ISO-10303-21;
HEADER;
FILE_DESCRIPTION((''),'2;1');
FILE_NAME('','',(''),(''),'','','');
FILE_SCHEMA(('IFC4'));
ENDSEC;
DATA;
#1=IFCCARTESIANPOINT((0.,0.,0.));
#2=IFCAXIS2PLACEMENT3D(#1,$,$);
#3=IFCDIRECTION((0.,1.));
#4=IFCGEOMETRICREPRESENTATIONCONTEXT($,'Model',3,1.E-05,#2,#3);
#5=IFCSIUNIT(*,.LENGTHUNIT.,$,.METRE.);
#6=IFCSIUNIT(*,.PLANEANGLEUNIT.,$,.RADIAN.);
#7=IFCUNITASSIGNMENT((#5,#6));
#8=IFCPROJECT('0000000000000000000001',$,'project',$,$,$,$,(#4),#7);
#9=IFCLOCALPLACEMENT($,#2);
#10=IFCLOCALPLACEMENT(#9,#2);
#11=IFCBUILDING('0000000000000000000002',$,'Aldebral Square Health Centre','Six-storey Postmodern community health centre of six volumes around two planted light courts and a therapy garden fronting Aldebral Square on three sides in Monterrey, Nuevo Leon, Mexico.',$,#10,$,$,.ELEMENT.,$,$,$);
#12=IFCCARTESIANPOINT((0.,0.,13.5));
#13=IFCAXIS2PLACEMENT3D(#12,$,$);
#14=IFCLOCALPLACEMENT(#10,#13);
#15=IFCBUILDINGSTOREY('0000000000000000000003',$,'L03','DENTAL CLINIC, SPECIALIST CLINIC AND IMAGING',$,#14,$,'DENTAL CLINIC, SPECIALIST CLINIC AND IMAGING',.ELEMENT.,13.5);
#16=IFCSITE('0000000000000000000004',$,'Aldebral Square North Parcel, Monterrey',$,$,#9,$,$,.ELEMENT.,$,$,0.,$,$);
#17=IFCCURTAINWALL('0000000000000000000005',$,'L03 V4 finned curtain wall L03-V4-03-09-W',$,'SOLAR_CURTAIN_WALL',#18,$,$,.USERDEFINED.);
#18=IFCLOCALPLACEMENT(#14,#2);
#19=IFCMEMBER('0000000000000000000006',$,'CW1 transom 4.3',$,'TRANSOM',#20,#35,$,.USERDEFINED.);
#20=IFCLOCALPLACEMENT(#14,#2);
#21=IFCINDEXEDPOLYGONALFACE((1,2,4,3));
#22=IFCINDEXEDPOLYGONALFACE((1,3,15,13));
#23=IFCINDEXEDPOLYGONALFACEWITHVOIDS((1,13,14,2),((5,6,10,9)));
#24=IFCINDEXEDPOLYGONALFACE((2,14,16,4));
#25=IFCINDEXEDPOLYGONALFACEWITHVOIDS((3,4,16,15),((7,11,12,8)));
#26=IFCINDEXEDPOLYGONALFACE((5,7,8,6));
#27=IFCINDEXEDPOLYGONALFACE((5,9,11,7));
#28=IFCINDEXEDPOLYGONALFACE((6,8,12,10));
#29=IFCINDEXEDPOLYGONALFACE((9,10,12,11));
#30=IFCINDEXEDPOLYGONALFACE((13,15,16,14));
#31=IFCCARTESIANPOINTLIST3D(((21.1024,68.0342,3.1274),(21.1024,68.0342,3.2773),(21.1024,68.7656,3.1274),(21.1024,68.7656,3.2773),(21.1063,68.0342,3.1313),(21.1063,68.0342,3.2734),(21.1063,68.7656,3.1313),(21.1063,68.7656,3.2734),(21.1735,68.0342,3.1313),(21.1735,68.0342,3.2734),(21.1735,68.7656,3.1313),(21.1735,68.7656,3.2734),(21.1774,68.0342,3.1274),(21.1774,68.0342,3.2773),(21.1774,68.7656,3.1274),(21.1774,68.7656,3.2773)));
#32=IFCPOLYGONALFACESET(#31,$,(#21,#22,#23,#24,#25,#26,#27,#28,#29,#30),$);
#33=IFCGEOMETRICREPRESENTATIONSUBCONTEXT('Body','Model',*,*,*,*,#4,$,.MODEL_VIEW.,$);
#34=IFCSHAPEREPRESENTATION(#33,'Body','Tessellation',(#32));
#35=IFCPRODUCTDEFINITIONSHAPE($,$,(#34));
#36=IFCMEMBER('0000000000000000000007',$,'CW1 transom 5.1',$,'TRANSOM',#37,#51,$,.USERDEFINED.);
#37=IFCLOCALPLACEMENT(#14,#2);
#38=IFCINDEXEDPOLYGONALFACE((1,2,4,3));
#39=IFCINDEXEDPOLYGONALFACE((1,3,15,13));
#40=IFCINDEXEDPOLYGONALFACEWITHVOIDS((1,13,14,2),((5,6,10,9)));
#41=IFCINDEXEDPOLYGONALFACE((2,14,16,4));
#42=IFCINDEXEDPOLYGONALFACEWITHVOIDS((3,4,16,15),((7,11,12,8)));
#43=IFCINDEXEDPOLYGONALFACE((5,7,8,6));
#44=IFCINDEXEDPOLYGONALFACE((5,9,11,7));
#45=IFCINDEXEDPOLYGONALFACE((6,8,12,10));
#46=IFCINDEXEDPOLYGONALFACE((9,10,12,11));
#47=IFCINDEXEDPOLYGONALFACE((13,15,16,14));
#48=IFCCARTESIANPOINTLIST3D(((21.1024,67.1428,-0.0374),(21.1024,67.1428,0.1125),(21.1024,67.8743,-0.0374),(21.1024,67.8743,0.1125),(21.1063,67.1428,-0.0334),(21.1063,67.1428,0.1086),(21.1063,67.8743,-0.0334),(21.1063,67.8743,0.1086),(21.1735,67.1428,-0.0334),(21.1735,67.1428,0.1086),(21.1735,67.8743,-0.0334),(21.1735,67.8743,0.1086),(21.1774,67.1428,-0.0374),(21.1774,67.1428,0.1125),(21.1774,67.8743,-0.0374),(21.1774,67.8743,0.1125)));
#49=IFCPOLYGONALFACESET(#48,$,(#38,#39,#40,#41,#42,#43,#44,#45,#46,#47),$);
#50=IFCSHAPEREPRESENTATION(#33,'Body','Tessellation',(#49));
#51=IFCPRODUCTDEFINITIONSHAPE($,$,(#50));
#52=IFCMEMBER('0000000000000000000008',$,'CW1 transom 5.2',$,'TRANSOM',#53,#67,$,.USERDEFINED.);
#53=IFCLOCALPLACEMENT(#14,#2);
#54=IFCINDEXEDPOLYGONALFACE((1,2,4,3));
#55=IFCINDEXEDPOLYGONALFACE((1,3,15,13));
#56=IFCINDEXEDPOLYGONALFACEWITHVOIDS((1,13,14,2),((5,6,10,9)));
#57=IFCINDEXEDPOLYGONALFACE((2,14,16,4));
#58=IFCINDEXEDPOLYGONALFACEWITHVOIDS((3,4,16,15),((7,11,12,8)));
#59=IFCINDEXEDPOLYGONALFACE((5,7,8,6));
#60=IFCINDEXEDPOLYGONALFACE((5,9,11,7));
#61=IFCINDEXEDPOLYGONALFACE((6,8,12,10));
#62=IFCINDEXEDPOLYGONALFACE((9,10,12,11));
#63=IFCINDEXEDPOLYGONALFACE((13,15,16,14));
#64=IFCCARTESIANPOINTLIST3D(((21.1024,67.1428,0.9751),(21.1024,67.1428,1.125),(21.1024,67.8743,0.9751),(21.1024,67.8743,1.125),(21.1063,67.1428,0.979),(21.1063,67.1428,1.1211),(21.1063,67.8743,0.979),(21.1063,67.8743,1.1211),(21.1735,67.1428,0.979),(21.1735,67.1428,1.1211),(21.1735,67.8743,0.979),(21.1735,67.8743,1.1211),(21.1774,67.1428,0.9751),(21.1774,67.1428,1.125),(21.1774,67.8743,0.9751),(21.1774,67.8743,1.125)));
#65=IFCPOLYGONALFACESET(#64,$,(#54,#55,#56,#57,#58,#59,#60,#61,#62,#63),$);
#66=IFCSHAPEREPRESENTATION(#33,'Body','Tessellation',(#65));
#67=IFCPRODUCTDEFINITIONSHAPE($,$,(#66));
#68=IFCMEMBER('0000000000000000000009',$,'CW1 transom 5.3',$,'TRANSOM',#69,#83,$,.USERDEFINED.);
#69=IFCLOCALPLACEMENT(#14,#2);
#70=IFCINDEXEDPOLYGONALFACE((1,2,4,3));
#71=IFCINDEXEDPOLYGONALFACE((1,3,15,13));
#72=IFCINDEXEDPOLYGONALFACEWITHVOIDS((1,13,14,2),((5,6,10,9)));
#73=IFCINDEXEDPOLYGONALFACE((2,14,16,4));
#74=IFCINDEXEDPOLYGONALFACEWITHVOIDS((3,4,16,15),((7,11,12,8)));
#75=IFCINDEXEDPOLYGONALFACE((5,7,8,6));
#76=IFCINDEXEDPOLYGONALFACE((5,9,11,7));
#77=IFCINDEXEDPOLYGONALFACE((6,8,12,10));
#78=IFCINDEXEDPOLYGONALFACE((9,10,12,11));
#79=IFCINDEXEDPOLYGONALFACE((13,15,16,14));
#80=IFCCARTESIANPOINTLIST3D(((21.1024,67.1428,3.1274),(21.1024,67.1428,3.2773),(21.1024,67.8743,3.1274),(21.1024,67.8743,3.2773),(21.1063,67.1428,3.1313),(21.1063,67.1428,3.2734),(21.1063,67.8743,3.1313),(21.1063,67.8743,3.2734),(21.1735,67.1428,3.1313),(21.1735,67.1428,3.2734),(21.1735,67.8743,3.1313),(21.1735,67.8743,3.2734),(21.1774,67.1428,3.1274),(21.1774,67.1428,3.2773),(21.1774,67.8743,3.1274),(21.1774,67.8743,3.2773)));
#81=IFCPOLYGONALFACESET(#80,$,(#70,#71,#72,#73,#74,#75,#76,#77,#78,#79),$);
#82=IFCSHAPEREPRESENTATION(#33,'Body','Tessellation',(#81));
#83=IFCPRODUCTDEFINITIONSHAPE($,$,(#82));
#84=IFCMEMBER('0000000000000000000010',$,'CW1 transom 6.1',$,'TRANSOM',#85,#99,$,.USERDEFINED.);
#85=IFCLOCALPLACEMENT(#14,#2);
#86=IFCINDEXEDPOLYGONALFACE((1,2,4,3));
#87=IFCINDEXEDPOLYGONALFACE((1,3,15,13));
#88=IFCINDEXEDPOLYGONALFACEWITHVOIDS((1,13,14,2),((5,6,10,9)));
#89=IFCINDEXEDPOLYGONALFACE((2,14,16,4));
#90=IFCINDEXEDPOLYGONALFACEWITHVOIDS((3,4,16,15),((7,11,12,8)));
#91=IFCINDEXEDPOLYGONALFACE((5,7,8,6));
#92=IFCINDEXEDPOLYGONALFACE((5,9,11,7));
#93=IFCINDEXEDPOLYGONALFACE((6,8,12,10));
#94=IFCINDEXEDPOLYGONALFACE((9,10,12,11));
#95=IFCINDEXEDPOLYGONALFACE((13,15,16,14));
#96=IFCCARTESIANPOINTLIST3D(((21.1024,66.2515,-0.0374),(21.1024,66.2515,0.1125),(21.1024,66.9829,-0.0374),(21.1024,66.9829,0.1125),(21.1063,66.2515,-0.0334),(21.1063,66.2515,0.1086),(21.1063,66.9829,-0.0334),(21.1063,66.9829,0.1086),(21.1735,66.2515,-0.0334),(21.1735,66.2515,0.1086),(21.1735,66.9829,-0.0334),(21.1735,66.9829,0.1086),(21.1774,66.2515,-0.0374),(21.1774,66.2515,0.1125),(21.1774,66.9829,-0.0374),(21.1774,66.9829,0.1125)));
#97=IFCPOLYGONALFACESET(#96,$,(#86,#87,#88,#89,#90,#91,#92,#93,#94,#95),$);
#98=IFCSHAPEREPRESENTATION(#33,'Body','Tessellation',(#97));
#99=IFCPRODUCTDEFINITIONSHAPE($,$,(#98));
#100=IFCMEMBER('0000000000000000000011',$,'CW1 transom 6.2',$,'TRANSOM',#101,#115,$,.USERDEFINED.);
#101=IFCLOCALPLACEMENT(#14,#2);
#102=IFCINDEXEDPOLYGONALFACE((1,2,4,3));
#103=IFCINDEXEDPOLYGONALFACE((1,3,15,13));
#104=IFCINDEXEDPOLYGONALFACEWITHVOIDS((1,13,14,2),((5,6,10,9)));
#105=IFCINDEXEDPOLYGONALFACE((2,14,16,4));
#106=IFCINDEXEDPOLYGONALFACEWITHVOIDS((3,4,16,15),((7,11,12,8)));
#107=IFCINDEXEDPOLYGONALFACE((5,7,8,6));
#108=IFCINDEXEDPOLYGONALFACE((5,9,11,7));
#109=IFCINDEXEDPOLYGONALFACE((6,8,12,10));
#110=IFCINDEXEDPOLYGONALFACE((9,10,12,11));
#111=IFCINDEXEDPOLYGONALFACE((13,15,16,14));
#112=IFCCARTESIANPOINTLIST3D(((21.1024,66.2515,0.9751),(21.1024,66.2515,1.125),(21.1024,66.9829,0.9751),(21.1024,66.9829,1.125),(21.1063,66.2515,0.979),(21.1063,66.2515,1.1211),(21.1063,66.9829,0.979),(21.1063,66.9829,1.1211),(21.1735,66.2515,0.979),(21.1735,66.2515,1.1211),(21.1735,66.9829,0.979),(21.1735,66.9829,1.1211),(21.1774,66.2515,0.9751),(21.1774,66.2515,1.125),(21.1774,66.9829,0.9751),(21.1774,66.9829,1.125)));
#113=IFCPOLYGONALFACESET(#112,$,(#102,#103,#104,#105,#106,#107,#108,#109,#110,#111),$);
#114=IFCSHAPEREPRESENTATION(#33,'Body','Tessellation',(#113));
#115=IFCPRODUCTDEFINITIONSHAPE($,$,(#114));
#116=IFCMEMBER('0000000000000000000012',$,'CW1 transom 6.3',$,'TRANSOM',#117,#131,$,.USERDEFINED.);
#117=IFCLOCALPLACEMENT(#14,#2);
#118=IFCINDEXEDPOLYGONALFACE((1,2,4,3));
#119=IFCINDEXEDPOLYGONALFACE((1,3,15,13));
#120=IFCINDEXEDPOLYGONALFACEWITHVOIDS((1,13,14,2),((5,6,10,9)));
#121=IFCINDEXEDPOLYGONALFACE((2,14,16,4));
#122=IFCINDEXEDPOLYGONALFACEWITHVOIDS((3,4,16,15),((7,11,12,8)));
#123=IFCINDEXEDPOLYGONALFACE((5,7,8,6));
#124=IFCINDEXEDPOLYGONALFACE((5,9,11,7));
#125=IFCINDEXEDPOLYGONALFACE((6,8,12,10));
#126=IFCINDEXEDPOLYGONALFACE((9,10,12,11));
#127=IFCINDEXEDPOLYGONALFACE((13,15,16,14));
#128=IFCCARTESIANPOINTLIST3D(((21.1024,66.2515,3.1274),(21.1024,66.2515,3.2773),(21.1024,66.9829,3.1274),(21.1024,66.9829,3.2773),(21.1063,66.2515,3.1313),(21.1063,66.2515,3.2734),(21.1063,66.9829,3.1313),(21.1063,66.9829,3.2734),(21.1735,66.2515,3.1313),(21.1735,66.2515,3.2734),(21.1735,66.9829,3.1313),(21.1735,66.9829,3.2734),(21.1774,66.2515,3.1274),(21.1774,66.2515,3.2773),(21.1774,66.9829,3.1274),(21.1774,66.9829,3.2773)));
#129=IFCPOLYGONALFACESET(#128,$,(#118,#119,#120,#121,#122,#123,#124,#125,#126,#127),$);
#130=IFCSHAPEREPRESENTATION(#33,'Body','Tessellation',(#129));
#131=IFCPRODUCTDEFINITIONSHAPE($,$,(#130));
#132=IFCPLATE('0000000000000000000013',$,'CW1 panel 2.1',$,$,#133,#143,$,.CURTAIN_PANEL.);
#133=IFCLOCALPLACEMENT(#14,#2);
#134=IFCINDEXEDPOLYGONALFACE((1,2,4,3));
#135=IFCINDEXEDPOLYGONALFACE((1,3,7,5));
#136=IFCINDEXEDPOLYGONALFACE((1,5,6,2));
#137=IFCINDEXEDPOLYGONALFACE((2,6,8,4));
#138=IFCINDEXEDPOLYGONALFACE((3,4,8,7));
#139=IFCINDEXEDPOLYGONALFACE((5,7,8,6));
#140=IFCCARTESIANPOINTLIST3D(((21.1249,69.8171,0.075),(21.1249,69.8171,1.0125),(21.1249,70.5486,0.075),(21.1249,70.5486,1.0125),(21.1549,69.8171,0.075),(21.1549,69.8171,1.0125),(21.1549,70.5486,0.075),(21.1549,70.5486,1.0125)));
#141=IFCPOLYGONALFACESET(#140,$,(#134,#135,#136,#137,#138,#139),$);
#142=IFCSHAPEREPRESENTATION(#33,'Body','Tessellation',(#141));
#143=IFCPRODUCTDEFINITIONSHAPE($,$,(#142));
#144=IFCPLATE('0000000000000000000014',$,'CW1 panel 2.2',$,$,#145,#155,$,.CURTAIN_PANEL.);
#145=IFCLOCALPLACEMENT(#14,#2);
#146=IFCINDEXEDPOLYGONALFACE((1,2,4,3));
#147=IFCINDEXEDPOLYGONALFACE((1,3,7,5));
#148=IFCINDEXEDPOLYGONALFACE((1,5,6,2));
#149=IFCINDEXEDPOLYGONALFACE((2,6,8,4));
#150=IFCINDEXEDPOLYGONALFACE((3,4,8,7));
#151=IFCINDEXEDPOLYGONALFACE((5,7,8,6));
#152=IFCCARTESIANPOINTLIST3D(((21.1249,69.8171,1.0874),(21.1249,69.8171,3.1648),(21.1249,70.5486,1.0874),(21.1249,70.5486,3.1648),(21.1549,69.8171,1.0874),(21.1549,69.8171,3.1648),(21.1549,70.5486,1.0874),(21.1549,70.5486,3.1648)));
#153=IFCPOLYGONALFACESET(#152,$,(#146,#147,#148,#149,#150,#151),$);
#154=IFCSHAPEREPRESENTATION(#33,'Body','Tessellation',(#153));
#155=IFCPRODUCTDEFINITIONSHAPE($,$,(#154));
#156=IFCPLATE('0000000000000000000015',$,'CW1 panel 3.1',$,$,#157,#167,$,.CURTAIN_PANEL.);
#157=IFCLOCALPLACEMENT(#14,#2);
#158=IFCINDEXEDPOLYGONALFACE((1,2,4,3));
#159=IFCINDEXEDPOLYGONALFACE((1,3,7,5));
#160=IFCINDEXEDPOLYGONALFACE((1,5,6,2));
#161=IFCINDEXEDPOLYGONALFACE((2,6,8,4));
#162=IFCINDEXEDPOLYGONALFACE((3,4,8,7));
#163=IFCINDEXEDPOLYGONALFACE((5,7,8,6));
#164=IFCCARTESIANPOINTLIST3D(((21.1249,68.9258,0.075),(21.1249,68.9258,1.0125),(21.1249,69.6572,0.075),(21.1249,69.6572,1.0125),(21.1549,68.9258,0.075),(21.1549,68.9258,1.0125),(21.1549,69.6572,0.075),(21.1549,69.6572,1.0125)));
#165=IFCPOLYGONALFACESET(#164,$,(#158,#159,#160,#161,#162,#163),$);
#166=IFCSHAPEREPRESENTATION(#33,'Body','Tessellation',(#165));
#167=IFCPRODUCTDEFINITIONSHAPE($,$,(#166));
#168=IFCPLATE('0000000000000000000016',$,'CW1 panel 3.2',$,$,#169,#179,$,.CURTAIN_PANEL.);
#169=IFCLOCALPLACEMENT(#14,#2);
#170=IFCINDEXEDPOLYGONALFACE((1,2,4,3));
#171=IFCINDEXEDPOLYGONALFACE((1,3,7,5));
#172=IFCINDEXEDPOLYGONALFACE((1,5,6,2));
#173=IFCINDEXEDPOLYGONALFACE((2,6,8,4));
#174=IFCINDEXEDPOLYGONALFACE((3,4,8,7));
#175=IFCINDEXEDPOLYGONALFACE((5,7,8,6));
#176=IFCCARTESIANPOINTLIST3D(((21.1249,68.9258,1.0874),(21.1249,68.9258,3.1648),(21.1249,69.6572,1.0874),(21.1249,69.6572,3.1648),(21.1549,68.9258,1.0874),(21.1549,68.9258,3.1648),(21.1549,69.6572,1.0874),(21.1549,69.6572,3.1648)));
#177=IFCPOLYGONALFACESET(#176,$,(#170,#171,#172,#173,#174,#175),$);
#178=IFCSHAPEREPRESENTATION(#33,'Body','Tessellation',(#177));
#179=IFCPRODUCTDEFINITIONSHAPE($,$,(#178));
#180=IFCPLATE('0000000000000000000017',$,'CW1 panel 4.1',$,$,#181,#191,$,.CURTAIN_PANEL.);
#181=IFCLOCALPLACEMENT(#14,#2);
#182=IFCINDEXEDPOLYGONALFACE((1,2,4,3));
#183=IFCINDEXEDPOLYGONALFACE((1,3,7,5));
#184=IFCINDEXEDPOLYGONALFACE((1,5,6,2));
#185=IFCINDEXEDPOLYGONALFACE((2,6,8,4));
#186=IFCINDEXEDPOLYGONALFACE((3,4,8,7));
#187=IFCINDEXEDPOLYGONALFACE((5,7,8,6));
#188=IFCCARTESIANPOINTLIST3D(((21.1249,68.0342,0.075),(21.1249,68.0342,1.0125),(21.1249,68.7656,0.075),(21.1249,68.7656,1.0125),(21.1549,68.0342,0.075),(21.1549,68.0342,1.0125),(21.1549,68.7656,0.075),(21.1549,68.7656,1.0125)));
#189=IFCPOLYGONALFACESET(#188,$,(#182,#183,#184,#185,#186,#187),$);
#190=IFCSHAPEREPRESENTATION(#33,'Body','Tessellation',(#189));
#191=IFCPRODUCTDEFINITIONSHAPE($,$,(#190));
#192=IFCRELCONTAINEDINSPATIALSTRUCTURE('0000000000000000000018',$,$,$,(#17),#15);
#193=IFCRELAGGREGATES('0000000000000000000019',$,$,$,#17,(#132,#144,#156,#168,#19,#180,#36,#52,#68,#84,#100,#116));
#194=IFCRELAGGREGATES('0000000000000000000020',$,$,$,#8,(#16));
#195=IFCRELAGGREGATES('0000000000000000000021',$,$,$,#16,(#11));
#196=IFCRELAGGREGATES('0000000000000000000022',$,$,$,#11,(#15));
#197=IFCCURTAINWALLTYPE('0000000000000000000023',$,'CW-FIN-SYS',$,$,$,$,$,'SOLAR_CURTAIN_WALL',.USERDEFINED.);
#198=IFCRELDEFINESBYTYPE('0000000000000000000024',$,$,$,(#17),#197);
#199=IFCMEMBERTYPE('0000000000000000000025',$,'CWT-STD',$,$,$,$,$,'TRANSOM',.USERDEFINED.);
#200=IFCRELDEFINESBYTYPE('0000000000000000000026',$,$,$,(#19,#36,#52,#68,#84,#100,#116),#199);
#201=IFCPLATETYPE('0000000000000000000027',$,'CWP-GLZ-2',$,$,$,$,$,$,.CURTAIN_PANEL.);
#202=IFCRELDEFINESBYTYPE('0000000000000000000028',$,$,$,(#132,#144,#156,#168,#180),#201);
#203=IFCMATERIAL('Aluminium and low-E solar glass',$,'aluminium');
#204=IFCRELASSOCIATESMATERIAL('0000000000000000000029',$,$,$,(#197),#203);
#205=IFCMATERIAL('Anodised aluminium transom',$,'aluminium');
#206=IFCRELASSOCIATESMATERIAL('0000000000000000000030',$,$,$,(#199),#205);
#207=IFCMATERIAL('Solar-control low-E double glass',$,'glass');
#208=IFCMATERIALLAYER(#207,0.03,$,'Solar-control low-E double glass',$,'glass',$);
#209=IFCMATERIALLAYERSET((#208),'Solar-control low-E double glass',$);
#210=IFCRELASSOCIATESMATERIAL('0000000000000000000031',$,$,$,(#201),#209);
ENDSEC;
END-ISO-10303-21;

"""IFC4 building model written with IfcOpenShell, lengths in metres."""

from ifc_helpers import new_model, si_unit, direction, frame, origin, origin_2d, place, context, subcontext, project, spatial, rectangle, hollow_rectangle, extrude, material, layer, layer_set, material_profile, profile_set, type_object, element, aggregate, save


model = new_model("IFC4")

# Units and contexts
model_context = context("Model", 3, precision=1e-05, world=origin(), true_north=direction((0.0, 1.0)))
body_context = subcontext(model_context, "Body", "Model", "MODEL_VIEW")
ifc_project = project(units=[si_unit("LENGTHUNIT", "METRE"), si_unit("PLANEANGLEUNIT", "RADIAN")], contexts=[model_context])

# Site, building, storey
site_placement = place(None, origin())
site = spatial("IfcSite", under=ifc_project, at=site_placement, Name="Aldebral Square North Parcel, Monterrey", CompositionType="ELEMENT", RefElevation=0.0)
building_placement = place(site_placement, origin())
building = spatial("IfcBuilding", under=site, at=building_placement, Name="Aldebral Square Health Centre", Description="Six-storey Postmodern community health centre of six volumes around two planted light courts and a therapy garden fronting Aldebral Square on three sides in Monterrey, Nuevo Leon, Mexico.", CompositionType="ELEMENT")
storey_placement = place(building_placement, frame((0.0, 0.0, 13.5)))
storey = spatial("IfcBuildingStorey", under=building, at=storey_placement, Name="L03", Description="DENTAL CLINIC, SPECIALIST CLINIC AND IMAGING", LongName="DENTAL CLINIC, SPECIALIST CLINIC AND IMAGING", CompositionType="ELEMENT", Elevation=13.5)

# Curtain wall, members, plates
ifc_material_1 = material(Name="Aluminium and low-E solar glass", Category="aluminium")
curtain_wall_type = type_object("IfcCurtainWallType", Name="CW-FIN-SYS", ElementType="SOLAR_CURTAIN_WALL", PredefinedType="USERDEFINED", material=ifc_material_1)
curtain_wall_placement = place(storey_placement, origin())
curtain_wall = element("IfcCurtainWall", 1, at=curtain_wall_placement, inside=storey, type_object=curtain_wall_type, Name="L03 V4 finned curtain wall L03-V4-03-09-W", ObjectType="SOLAR_CURTAIN_WALL", PredefinedType="USERDEFINED")
ifc_material_2 = material(Name="Anodised aluminium transom", Category="aluminium")
ifc_material_profile_1 = material_profile(ifc_material_2, hollow_rectangle(XDim=0.075, YDim=0.1499, WallThickness=0.0039, at=origin_2d()), Name="CWT 75x150x4")
ifc_profile_set_1 = profile_set([ifc_material_profile_1], Name="Anodised aluminium transom")
member_type_1 = type_object("IfcMemberType", Name="CWT-STD", ElementType="TRANSOM", PredefinedType="USERDEFINED", material=ifc_profile_set_1)
member_1_placement = place(storey_placement, frame((21.1399, 68.7656, 3.2024), z_axis=(0.0, -1.0, 0.0), x_axis=(1.0, 0.0, 0.0)))
member_1 = element("IfcMember", 2, at=member_1_placement, type_object=member_type_1, Name="CW1 transom 4.3", ObjectType="TRANSOM", PredefinedType="USERDEFINED", context=body_context, shape_type="SweptSolid", body=[
    extrude(hollow_rectangle(XDim=0.075, YDim=0.1499, WallThickness=0.0039, at=origin_2d()), origin(), (0.0, 0.0, 1.0), 0.7314),
])
member_2_placement = place(storey_placement, frame((21.1399, 67.8743, 0.0376), z_axis=(0.0, -1.0, 0.0), x_axis=(1.0, 0.0, 0.0)))
member_2 = element("IfcMember", 3, at=member_2_placement, type_object=member_type_1, Name="CW1 transom 5.1", ObjectType="TRANSOM", PredefinedType="USERDEFINED", context=body_context, shape_type="SweptSolid", body=[
    extrude(hollow_rectangle(XDim=0.075, YDim=0.1499, WallThickness=0.0039, at=origin_2d()), origin(), (0.0, 0.0, 1.0), 0.7314),
])
member_3_placement = place(storey_placement, frame((21.1399, 67.8743, 1.05), z_axis=(0.0, -1.0, 0.0), x_axis=(1.0, 0.0, 0.0)))
member_3 = element("IfcMember", 4, at=member_3_placement, type_object=member_type_1, Name="CW1 transom 5.2", ObjectType="TRANSOM", PredefinedType="USERDEFINED", context=body_context, shape_type="SweptSolid", body=[
    extrude(hollow_rectangle(XDim=0.075, YDim=0.1499, WallThickness=0.0039, at=origin_2d()), origin(), (0.0, 0.0, 1.0), 0.7314),
])
member_4_placement = place(storey_placement, frame((21.1399, 67.8743, 3.2024), z_axis=(0.0, -1.0, 0.0), x_axis=(1.0, 0.0, 0.0)))
member_4 = element("IfcMember", 5, at=member_4_placement, type_object=member_type_1, Name="CW1 transom 5.3", ObjectType="TRANSOM", PredefinedType="USERDEFINED", context=body_context, shape_type="SweptSolid", body=[
    extrude(hollow_rectangle(XDim=0.075, YDim=0.1499, WallThickness=0.0039, at=origin_2d()), origin(), (0.0, 0.0, 1.0), 0.7314),
])
member_5_placement = place(storey_placement, frame((21.1399, 66.9829, 0.0376), z_axis=(0.0, -1.0, 0.0), x_axis=(1.0, 0.0, 0.0)))
member_5 = element("IfcMember", 6, at=member_5_placement, type_object=member_type_1, Name="CW1 transom 6.1", ObjectType="TRANSOM", PredefinedType="USERDEFINED", context=body_context, shape_type="SweptSolid", body=[
    extrude(hollow_rectangle(XDim=0.075, YDim=0.1499, WallThickness=0.0039, at=origin_2d()), origin(), (0.0, 0.0, 1.0), 0.7314),
])
member_6_placement = place(storey_placement, frame((21.1399, 66.9829, 1.05), z_axis=(0.0, -1.0, 0.0), x_axis=(1.0, 0.0, 0.0)))
member_6 = element("IfcMember", 7, at=member_6_placement, type_object=member_type_1, Name="CW1 transom 6.2", ObjectType="TRANSOM", PredefinedType="USERDEFINED", context=body_context, shape_type="SweptSolid", body=[
    extrude(hollow_rectangle(XDim=0.075, YDim=0.1499, WallThickness=0.0039, at=origin_2d()), origin(), (0.0, 0.0, 1.0), 0.7314),
])
member_7_placement = place(storey_placement, frame((21.1399, 66.9829, 3.2024), z_axis=(0.0, -1.0, 0.0), x_axis=(1.0, 0.0, 0.0)))
member_7 = element("IfcMember", 8, at=member_7_placement, type_object=member_type_1, Name="CW1 transom 6.3", ObjectType="TRANSOM", PredefinedType="USERDEFINED", context=body_context, shape_type="SweptSolid", body=[
    extrude(hollow_rectangle(XDim=0.075, YDim=0.1499, WallThickness=0.0039, at=origin_2d()), origin(), (0.0, 0.0, 1.0), 0.7314),
])
ifc_material_3 = material(Name="Solar-control low-E double glass", Category="glass")
ifc_layer = layer(ifc_material_3, 0.03, Name="Solar-control low-E double glass", Category="glass")
ifc_layer_set = layer_set([ifc_layer], Name="Solar-control low-E double glass")
plate_type = type_object("IfcPlateType", Name="CWP-GLZ-2", PredefinedType="CURTAIN_PANEL", material=ifc_layer_set)
plate_1_placement = place(storey_placement, frame((21.1399, 70.1829, 0.075), z_axis=(0.0, 0.0, 1.0), x_axis=(0.0, -1.0, 0.0)))
plate_1 = element("IfcPlate", 9, at=plate_1_placement, type_object=plate_type, Name="CW1 panel 2.1", PredefinedType="CURTAIN_PANEL", context=body_context, shape_type="SweptSolid", body=[
    extrude(rectangle(XDim=0.7314, YDim=0.03, at=origin_2d()), origin(), (0.0, 0.0, 1.0), 0.9375),
])
plate_2_placement = place(storey_placement, frame((21.1399, 70.1829, 1.0874), z_axis=(0.0, 0.0, 1.0), x_axis=(0.0, -1.0, 0.0)))
plate_2 = element("IfcPlate", 10, at=plate_2_placement, type_object=plate_type, Name="CW1 panel 2.2", PredefinedType="CURTAIN_PANEL", context=body_context, shape_type="SweptSolid", body=[
    extrude(rectangle(XDim=0.7314, YDim=0.03, at=origin_2d()), origin(), (0.0, 0.0, 1.0), 2.0774),
])
plate_3_placement = place(storey_placement, frame((21.1399, 69.2915, 0.075), z_axis=(0.0, 0.0, 1.0), x_axis=(0.0, -1.0, 0.0)))
plate_3 = element("IfcPlate", 11, at=plate_3_placement, type_object=plate_type, Name="CW1 panel 3.1", PredefinedType="CURTAIN_PANEL", context=body_context, shape_type="SweptSolid", body=[
    extrude(rectangle(XDim=0.7314, YDim=0.03, at=origin_2d()), origin(), (0.0, 0.0, 1.0), 0.9375),
])
plate_4_placement = place(storey_placement, frame((21.1399, 69.2915, 1.0874), z_axis=(0.0, 0.0, 1.0), x_axis=(0.0, -1.0, 0.0)))
plate_4 = element("IfcPlate", 12, at=plate_4_placement, type_object=plate_type, Name="CW1 panel 3.2", PredefinedType="CURTAIN_PANEL", context=body_context, shape_type="SweptSolid", body=[
    extrude(rectangle(XDim=0.7314, YDim=0.03, at=origin_2d()), origin(), (0.0, 0.0, 1.0), 2.0774),
])
plate_5_placement = place(storey_placement, frame((21.1399, 68.3999, 0.075), z_axis=(0.0, 0.0, 1.0), x_axis=(0.0, -1.0, 0.0)))
plate_5 = element("IfcPlate", 13, at=plate_5_placement, type_object=plate_type, Name="CW1 panel 4.1", PredefinedType="CURTAIN_PANEL", context=body_context, shape_type="SweptSolid", body=[
    extrude(rectangle(XDim=0.7314, YDim=0.03, at=origin_2d()), origin(), (0.0, 0.0, 1.0), 0.9375),
])
aggregate(curtain_wall, [plate_1, plate_2, plate_3, plate_4, member_1, plate_5, member_2, member_3, member_4, member_5, member_6, member_7])

save(model, "model.ifc")
